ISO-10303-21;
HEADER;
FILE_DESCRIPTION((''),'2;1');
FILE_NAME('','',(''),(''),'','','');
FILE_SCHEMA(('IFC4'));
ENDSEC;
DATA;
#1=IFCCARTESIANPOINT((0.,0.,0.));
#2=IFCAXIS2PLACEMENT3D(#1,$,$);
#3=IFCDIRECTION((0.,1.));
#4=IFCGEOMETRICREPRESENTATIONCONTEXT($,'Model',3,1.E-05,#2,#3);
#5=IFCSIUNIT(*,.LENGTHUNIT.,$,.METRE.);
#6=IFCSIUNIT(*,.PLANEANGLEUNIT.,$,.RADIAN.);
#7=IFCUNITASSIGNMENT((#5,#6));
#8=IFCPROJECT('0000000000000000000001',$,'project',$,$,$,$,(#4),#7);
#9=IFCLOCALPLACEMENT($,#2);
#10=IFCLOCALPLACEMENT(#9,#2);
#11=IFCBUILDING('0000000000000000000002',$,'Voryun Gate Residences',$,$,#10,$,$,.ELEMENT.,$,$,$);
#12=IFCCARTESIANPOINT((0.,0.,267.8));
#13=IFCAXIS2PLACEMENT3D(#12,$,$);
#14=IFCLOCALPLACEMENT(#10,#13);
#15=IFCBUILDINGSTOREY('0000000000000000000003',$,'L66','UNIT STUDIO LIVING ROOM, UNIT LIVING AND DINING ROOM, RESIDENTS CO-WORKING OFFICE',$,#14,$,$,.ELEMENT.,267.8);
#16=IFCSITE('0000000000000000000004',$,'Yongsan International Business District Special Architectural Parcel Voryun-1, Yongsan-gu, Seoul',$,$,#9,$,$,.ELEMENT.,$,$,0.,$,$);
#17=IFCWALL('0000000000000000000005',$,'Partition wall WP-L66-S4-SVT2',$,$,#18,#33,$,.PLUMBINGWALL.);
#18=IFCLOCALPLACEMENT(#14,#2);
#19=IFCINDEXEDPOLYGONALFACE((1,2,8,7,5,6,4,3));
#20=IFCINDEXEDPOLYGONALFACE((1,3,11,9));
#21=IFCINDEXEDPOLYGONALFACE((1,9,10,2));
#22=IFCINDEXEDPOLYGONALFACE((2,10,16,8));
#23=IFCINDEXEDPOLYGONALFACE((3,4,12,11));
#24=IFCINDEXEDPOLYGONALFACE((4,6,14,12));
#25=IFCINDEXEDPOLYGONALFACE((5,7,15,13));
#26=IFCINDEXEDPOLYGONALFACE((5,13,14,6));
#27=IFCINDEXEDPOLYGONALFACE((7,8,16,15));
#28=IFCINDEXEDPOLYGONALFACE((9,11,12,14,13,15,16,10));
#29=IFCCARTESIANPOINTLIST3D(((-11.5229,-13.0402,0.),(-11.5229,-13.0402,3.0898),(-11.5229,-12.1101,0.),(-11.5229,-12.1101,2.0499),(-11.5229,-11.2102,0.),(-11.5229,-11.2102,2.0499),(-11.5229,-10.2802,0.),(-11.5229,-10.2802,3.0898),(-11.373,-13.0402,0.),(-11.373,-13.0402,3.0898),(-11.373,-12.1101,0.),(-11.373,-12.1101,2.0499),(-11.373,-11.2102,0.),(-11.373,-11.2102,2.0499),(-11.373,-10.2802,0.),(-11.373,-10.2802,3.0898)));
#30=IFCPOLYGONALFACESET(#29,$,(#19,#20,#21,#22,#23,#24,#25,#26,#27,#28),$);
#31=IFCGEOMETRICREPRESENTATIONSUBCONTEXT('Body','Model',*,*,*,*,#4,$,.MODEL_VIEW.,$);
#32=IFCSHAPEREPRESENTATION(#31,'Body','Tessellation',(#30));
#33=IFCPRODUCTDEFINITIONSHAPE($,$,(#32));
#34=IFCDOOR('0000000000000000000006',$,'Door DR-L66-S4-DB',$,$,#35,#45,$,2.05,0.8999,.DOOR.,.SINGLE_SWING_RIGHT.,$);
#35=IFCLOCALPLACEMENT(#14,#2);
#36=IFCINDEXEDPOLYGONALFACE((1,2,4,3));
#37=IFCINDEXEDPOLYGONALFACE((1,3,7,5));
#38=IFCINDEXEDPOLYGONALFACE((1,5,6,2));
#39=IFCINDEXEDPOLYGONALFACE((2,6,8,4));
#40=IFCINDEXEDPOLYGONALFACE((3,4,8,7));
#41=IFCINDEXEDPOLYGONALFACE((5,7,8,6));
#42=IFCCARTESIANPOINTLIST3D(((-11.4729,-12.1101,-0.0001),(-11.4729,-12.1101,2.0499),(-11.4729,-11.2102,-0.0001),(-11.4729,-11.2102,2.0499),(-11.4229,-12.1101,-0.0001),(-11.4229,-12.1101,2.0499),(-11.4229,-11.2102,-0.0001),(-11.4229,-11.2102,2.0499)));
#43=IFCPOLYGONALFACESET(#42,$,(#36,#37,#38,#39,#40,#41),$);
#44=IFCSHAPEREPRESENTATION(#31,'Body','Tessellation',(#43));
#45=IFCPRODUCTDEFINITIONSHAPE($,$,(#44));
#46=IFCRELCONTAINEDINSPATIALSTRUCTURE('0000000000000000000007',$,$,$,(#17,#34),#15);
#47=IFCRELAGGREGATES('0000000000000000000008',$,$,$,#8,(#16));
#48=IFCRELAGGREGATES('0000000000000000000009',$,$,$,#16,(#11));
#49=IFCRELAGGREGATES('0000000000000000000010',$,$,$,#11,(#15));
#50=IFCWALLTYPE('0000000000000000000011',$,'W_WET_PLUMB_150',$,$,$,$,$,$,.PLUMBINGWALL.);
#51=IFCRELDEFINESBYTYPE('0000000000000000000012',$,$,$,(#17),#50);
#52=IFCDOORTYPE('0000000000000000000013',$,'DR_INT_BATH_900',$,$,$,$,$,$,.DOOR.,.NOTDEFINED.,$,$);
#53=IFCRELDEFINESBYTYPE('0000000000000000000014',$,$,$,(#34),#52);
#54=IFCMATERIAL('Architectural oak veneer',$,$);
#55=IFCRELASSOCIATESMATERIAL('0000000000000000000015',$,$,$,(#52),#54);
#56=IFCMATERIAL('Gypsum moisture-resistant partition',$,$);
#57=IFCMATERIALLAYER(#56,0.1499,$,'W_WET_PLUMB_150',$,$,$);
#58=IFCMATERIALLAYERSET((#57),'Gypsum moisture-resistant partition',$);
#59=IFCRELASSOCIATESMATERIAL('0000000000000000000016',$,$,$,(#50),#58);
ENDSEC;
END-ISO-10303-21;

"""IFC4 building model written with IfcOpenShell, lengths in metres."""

from ifc_helpers import new_model, si_unit, direction, frame, frame_2d, origin, place, context, subcontext, project, spatial, rectangle, extrude, material, layer, layer_set, type_object, element, fill, save


model = new_model("IFC4")

# Units and contexts
model_context = context("Model", 3, precision=1e-05, world=origin(), true_north=direction((0.0, 1.0)))
body_context = subcontext(model_context, "Body", "Model", "MODEL_VIEW")
ifc_project = project(units=[si_unit("LENGTHUNIT", "METRE"), si_unit("PLANEANGLEUNIT", "RADIAN")], contexts=[model_context])

# Site, building, storey
site_placement = place(None, origin())
site = spatial("IfcSite", under=ifc_project, at=site_placement, Name="Yongsan International Business District Special Architectural Parcel Voryun-1, Yongsan-gu, Seoul", CompositionType="ELEMENT", RefElevation=0.0)
building_placement = place(site_placement, origin())
building = spatial("IfcBuilding", under=site, at=building_placement, Name="Voryun Gate Residences", CompositionType="ELEMENT")
storey_placement = place(building_placement, frame((0.0, 0.0, 267.8)))
storey = spatial("IfcBuildingStorey", under=building, at=storey_placement, Name="L66", Description="UNIT STUDIO LIVING ROOM, UNIT LIVING AND DINING ROOM, RESIDENTS CO-WORKING OFFICE", CompositionType="ELEMENT", Elevation=267.8)

# Shared definitions
ifc_material_1 = material(Name="Architectural oak veneer")
door_type_1 = type_object("IfcDoorType", Name="DR_INT_BATH_900", OperationType="NOTDEFINED", PredefinedType="DOOR", material=ifc_material_1)

# Wall, opening, door
ifc_material_2 = material(Name="Gypsum moisture-resistant partition")
ifc_layer_1 = layer(ifc_material_2, 0.1499, Name="W_WET_PLUMB_150")
ifc_layer_set_1 = layer_set([ifc_layer_1], Name="Gypsum moisture-resistant partition")
wall_type_1 = type_object("IfcWallType", Name="W_WET_PLUMB_150", PredefinedType="PLUMBINGWALL", material=ifc_layer_set_1)
wall_1_placement = place(storey_placement, frame((-11.448, -13.04, 0.0), z_axis=(0.0, 0.0, 1.0), x_axis=(0.0, 1.0, 0.0)))
wall_1 = element("IfcWall", 1, at=wall_1_placement, inside=storey, type_object=wall_type_1, Name="Partition wall WP-L66-S4-SVT2", PredefinedType="PLUMBINGWALL", context=body_context, shape_type="SweptSolid", body=[
    extrude(rectangle(XDim=2.76, YDim=0.1499, at=frame_2d((1.3799, 0.0))), origin(), (0.0, 0.0, 1.0), 3.0898),
])
opening_1_placement = place(wall_1_placement, frame((0.9299, 0.0, 0.0)))
opening_1 = element("IfcOpeningElement", 2, at=opening_1_placement, cuts=wall_1, PredefinedType="OPENING", context=body_context, shape_type="SweptSolid", body=[
    extrude(rectangle(XDim=0.8999, YDim=2.05, at=frame_2d((0.45, 1.0249))), frame((0.0, 0.085, 0.0), z_axis=(0.0, -1.0, 0.0), x_axis=(1.0, 0.0, 0.0)), (0.0, 0.0, 1.0), 0.1699),
])
door_1_placement = place(opening_1_placement, origin())
door_1 = element("IfcDoor", 3, at=door_1_placement, inside=storey, type_object=door_type_1, Name="Door DR-L66-S4-DB", OperationType="SINGLE_SWING_RIGHT", OverallHeight=2.05, OverallWidth=0.8999, PredefinedType="DOOR", context=body_context, shape_type="SweptSolid", body=[
    extrude(rectangle(XDim=0.8999, YDim=2.05, at=frame_2d((0.45, 1.0249))), frame((0.0, 0.0249, 0.0), z_axis=(0.0, -1.0, 0.0), x_axis=(1.0, 0.0, 0.0)), (0.0, 0.0, 1.0), 0.05),
])
fill(opening_1, door_1)

save(model, "model.ifc")
